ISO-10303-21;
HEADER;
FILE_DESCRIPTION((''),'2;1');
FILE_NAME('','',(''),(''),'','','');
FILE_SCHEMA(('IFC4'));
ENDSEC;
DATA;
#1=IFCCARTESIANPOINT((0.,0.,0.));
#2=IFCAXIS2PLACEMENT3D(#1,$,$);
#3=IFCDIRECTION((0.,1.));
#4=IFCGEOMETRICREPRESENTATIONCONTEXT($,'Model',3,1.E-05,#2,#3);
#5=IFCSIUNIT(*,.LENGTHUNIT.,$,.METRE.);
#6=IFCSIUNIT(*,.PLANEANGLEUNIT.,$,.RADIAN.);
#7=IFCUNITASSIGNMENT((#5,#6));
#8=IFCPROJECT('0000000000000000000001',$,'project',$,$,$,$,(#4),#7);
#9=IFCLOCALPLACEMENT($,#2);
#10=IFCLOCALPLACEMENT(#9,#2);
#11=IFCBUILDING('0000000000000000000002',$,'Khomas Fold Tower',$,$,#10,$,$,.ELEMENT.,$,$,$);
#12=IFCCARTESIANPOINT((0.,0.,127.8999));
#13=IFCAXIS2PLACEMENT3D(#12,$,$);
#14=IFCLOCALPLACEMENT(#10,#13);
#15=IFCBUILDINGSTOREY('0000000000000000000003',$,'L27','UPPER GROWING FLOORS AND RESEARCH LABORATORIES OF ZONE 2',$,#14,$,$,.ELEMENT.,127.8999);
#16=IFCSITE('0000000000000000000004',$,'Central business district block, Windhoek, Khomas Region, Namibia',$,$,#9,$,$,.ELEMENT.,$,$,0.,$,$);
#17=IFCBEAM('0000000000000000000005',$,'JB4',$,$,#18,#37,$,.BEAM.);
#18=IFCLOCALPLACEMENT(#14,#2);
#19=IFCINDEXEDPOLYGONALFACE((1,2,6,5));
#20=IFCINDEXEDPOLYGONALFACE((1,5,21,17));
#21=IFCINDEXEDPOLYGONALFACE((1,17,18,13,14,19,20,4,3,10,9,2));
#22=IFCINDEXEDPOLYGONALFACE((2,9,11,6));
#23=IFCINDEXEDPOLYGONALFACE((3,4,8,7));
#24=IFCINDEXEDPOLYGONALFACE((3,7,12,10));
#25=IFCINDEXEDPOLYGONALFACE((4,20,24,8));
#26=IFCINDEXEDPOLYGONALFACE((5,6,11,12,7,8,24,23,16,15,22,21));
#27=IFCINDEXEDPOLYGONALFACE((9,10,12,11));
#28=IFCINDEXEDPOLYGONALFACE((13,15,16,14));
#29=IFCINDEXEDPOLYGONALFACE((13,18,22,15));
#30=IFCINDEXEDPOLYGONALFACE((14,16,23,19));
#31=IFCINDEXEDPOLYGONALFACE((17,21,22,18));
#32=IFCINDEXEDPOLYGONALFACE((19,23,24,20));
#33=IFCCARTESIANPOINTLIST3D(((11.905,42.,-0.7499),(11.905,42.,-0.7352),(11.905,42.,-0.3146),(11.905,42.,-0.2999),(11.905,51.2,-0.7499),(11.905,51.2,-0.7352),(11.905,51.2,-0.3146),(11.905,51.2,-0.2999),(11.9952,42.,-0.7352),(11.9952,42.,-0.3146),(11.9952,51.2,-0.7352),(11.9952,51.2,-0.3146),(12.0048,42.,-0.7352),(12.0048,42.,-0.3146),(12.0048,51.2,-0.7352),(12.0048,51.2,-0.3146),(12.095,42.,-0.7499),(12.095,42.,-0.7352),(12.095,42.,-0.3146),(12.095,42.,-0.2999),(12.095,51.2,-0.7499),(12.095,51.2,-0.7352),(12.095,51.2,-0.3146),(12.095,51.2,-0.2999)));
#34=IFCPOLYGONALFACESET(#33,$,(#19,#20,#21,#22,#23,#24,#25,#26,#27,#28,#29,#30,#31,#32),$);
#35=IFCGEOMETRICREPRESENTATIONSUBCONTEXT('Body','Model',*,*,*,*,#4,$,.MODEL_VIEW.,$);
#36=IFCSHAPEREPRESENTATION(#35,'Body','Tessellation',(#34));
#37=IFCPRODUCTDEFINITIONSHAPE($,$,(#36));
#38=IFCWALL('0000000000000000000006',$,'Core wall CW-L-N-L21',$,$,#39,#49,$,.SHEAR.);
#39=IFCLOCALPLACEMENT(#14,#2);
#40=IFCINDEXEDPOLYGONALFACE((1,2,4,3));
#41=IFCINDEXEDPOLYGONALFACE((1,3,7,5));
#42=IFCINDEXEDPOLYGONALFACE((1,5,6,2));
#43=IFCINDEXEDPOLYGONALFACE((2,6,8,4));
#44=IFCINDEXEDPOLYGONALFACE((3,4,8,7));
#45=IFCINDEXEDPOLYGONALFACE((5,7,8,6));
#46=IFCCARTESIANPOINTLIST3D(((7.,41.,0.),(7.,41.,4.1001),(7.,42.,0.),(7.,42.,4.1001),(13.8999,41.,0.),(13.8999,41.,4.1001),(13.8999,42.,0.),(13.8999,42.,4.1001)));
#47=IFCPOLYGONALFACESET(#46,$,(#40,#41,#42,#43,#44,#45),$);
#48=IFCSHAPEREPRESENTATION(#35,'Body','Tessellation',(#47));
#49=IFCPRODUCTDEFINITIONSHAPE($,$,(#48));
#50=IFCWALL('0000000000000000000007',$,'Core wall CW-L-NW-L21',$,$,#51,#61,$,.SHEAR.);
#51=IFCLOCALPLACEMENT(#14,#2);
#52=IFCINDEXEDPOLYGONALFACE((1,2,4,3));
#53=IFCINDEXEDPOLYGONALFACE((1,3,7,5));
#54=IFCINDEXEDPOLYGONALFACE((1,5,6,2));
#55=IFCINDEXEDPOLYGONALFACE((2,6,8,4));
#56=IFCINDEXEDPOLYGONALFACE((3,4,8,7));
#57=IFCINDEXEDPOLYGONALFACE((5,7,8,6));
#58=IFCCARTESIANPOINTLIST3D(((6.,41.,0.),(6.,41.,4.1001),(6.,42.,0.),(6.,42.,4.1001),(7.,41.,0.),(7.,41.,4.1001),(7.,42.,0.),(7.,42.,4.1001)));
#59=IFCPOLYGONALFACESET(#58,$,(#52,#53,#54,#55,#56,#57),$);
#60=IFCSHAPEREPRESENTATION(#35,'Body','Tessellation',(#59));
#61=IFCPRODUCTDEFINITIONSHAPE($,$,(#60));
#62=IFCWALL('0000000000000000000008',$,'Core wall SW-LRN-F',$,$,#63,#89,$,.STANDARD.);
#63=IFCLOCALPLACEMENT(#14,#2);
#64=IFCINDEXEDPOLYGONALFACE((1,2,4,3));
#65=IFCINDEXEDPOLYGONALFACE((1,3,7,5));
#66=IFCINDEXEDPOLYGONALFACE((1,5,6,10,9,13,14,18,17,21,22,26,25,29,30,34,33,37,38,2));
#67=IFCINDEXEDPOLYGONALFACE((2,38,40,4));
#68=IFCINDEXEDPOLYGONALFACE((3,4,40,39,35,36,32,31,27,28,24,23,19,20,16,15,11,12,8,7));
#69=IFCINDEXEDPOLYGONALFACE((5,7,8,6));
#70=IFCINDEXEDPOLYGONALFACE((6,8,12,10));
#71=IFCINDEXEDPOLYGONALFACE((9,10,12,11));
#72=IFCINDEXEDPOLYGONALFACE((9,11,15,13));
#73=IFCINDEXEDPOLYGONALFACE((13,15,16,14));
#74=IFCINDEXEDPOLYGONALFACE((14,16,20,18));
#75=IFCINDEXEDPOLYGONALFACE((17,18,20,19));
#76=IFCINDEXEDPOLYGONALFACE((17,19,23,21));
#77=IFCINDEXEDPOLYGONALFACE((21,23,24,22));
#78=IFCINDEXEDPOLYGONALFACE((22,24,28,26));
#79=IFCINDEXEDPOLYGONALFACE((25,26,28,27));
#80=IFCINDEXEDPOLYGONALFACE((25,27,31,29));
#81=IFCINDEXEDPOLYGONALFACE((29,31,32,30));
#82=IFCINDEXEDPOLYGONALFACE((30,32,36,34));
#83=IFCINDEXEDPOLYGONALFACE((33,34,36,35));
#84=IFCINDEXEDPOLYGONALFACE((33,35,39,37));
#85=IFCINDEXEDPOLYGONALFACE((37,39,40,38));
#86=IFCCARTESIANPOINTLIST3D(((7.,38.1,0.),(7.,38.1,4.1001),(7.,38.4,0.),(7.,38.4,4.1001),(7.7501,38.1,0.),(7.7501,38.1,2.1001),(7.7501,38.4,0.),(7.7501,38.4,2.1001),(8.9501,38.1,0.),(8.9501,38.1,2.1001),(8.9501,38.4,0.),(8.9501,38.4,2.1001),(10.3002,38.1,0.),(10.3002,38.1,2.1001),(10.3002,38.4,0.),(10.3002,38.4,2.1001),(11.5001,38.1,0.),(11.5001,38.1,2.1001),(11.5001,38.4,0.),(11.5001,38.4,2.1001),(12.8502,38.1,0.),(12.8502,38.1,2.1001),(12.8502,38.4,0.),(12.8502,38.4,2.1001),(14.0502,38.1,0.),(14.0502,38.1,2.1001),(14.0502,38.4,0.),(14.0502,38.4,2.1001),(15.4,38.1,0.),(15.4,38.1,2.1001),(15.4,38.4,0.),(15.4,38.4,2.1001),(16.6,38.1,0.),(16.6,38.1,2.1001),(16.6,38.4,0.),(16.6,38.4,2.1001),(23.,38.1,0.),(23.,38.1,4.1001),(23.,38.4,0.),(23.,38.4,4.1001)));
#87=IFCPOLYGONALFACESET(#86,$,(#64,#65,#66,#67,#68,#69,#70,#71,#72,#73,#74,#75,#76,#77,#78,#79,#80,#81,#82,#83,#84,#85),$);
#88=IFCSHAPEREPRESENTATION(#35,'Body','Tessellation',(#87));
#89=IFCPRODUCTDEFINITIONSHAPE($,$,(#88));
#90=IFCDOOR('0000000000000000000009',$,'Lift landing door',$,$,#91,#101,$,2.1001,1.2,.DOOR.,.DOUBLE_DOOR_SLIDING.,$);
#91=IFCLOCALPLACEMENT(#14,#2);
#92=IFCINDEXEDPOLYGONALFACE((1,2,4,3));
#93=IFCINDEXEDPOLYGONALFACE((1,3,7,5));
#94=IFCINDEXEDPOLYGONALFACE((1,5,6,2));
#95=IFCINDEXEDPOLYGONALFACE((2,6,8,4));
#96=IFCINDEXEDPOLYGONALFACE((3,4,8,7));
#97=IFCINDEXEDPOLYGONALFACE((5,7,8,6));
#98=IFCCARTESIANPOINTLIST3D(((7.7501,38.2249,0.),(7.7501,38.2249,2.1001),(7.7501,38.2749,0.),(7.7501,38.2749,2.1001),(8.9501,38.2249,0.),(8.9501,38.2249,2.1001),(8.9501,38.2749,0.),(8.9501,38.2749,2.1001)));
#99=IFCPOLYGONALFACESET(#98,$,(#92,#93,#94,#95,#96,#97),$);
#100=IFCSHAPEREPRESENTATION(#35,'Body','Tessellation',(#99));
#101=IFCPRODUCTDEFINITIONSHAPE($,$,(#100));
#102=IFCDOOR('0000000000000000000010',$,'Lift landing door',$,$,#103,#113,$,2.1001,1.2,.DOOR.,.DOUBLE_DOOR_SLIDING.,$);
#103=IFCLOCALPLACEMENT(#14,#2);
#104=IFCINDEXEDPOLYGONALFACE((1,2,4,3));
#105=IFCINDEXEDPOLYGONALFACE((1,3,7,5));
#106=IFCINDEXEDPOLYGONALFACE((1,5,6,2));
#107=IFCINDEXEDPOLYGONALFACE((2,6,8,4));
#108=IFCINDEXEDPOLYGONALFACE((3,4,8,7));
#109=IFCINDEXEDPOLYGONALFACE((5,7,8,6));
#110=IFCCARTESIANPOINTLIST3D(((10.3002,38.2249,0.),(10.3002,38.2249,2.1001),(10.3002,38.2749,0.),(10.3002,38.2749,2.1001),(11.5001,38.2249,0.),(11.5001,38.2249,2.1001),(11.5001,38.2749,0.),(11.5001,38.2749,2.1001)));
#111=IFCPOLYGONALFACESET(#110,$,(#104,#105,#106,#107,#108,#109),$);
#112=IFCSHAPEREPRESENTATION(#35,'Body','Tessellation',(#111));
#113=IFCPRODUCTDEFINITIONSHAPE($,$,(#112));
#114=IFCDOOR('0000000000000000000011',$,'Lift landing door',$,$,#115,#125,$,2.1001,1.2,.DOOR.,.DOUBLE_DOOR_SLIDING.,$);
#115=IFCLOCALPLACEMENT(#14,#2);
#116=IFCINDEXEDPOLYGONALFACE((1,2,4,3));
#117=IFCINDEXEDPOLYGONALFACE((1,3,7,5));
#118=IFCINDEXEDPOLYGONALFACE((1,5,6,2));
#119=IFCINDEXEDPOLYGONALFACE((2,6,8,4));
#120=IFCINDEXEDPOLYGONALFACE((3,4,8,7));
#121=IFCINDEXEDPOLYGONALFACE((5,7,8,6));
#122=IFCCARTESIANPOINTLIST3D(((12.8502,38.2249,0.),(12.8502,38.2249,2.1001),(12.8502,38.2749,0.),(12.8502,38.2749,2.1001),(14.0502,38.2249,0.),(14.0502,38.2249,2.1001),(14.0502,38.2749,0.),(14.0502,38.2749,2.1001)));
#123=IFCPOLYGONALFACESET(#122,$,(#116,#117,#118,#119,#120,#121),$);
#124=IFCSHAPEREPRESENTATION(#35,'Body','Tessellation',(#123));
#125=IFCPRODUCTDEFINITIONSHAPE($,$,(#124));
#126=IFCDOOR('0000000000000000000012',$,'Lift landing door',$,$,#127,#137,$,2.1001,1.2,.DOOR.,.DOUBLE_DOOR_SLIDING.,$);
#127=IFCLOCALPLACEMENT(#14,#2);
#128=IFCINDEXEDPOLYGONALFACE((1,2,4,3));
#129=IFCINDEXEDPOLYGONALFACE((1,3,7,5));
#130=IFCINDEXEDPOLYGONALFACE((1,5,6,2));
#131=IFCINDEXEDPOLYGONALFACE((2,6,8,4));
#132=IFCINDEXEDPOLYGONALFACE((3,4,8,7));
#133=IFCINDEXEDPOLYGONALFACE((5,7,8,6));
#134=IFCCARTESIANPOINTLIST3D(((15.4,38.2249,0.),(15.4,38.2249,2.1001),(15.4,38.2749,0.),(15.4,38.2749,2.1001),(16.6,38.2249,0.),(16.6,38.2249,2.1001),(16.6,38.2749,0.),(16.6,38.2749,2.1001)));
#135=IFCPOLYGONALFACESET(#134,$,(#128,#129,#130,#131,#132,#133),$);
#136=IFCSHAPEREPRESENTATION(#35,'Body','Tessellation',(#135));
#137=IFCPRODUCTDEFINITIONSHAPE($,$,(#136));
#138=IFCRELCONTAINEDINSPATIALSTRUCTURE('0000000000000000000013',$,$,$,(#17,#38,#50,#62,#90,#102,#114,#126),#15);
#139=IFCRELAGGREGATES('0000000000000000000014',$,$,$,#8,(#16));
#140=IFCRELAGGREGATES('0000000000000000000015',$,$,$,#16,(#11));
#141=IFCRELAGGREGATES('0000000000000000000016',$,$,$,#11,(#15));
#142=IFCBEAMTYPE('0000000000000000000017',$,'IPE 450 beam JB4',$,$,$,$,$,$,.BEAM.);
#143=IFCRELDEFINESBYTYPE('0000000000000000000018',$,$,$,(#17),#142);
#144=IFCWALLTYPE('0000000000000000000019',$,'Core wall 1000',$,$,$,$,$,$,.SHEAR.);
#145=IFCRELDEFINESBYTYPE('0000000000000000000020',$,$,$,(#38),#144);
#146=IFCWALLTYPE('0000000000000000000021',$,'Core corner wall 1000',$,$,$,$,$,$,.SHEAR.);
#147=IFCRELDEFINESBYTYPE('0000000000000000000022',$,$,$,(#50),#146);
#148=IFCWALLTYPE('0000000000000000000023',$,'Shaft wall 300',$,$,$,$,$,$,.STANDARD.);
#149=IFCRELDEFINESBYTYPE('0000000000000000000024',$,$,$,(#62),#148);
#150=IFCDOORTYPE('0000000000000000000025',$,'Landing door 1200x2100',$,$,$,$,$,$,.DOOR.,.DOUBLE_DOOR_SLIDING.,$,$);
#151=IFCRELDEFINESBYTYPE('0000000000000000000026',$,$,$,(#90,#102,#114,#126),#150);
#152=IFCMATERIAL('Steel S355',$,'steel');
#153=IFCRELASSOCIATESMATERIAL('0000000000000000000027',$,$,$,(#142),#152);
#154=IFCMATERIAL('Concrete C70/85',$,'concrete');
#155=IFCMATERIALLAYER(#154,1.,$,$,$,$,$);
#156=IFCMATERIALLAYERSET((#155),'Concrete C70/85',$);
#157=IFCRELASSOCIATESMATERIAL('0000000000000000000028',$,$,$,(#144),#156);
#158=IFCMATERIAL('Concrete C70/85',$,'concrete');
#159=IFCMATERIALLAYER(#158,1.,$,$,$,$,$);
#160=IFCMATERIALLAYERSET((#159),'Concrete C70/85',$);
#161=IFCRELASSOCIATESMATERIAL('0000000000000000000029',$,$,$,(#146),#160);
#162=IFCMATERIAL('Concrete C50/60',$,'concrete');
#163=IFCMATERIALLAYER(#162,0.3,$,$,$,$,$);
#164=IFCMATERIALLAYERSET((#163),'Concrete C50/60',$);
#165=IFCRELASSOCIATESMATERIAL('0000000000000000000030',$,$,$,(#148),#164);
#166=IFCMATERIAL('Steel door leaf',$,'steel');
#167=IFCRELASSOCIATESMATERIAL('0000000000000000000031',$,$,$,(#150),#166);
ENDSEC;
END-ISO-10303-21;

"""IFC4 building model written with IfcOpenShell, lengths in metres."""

from ifc_helpers import new_model, si_unit, direction, frame, frame_2d, origin, origin_2d, place, context, subcontext, project, spatial, rectangle, i_section, extrude, source, transform, mapped, material, layer, layer_set, material_profile, profile_set, type_object, element, fill, save


model = new_model("IFC4")

# Units and contexts
model_context = context("Model", 3, precision=1e-05, world=origin(), true_north=direction((0.0, 1.0)))
body_context = subcontext(model_context, "Body", "Model", "MODEL_VIEW")
ifc_project = project(units=[si_unit("LENGTHUNIT", "METRE"), si_unit("PLANEANGLEUNIT", "RADIAN")], contexts=[model_context])

# Site, building, storey
site_placement = place(None, origin())
site = spatial("IfcSite", under=ifc_project, at=site_placement, Name="Central business district block, Windhoek, Khomas Region, Namibia", CompositionType="ELEMENT", RefElevation=0.0)
building_placement = place(site_placement, origin())
building = spatial("IfcBuilding", under=site, at=building_placement, Name="Khomas Fold Tower", CompositionType="ELEMENT")
storey_placement = place(building_placement, frame((0.0, 0.0, 127.8999)))
storey = spatial("IfcBuildingStorey", under=building, at=storey_placement, Name="L27", Description="UPPER GROWING FLOORS AND RESEARCH LABORATORIES OF ZONE 2", CompositionType="ELEMENT", Elevation=127.8999)

# Beam
ifc_material_1 = material(Name="Steel S355", Category="steel")
ifc_material_profile = material_profile(ifc_material_1, i_section(OverallWidth=0.1899, OverallDepth=0.45, WebThickness=0.0095, FlangeThickness=0.0146, at=origin_2d()), Name="IPE 450")
ifc_profile_set = profile_set([ifc_material_profile], Name="Steel S355")
beam_type = type_object("IfcBeamType", Name="IPE 450 beam JB4", PredefinedType="BEAM", material=ifc_profile_set)
shared_shape_1 = source(origin(), body_context, "Body", "SweptSolid", [
    extrude(i_section(OverallWidth=0.1899, OverallDepth=0.45, WebThickness=0.0095, FlangeThickness=0.0146, at=origin_2d()), origin(), (0.0, 0.0, 1.0), 9.2),
])
beam_placement = place(storey_placement, frame((12.0, 42.0, -0.5249), z_axis=(0.0, 1.0, 0.0), x_axis=(-1.0, 0.0, 0.0)))
element("IfcBeam", 1, at=beam_placement, inside=storey, type_object=beam_type, Name="JB4", PredefinedType="BEAM", context=body_context, shape_type="MappedRepresentation", body=[
    mapped(shared_shape_1, transform((0.0, 0.0, 0.0))),
])

# Walls
ifc_material_2 = material(Name="Concrete C70/85", Category="concrete")
ifc_layer_1 = layer(ifc_material_2, 1.0)
ifc_layer_set_1 = layer_set([ifc_layer_1], Name="Concrete C70/85")
wall_type_1 = type_object("IfcWallType", Name="Core wall 1000", PredefinedType="SHEAR", material=ifc_layer_set_1)
shared_shape_2 = source(origin(), body_context, "Body", "SweptSolid", [
    extrude(rectangle(XDim=6.8999, YDim=1.0, at=frame_2d((3.45, 0.0))), origin(), (0.0, 0.0, 1.0), 4.1001),
])
wall_1_placement = place(storey_placement, frame((7.0, 41.5, 0.0), z_axis=(0.0, 0.0, 1.0), x_axis=(1.0, 0.0, 0.0)))
element("IfcWall", 2, at=wall_1_placement, inside=storey, type_object=wall_type_1, Name="Core wall CW-L-N-L21", PredefinedType="SHEAR", context=body_context, shape_type="MappedRepresentation", body=[
    mapped(shared_shape_2, transform((0.0, 0.0, 0.0))),
])
ifc_material_3 = material(Name="Concrete C70/85", Category="concrete")
ifc_layer_2 = layer(ifc_material_3, 1.0)
ifc_layer_set_2 = layer_set([ifc_layer_2], Name="Concrete C70/85")
wall_type_2 = type_object("IfcWallType", Name="Core corner wall 1000", PredefinedType="SHEAR", material=ifc_layer_set_2)
shared_shape_3 = source(origin(), body_context, "Body", "SweptSolid", [
    extrude(rectangle(XDim=1.0, YDim=1.0, at=frame_2d((0.5, 0.0))), origin(), (0.0, 0.0, 1.0), 4.1001),
])
wall_2_placement = place(storey_placement, frame((6.0, 41.5, 0.0), z_axis=(0.0, 0.0, 1.0), x_axis=(1.0, 0.0, 0.0)))
element("IfcWall", 3, at=wall_2_placement, inside=storey, type_object=wall_type_2, Name="Core wall CW-L-NW-L21", PredefinedType="SHEAR", context=body_context, shape_type="MappedRepresentation", body=[
    mapped(shared_shape_3, transform((0.0, 0.0, 0.0))),
])

# Wall, openings, doors
ifc_material_4 = material(Name="Concrete C50/60", Category="concrete")
ifc_layer_3 = layer(ifc_material_4, 0.3)
ifc_layer_set_3 = layer_set([ifc_layer_3], Name="Concrete C50/60")
wall_type_3 = type_object("IfcWallType", Name="Shaft wall 300", PredefinedType="STANDARD", material=ifc_layer_set_3)
shared_shape_4 = source(origin(), body_context, "Body", "SweptSolid", [
    extrude(rectangle(XDim=16.0, YDim=0.3, at=frame_2d((8.0, 0.0))), origin(), (0.0, 0.0, 1.0), 4.1001),
])
wall_3_placement = place(storey_placement, frame((7.0, 38.25, 0.0), z_axis=(0.0, 0.0, 1.0), x_axis=(1.0, 0.0, 0.0)))
wall_3 = element("IfcWall", 4, at=wall_3_placement, inside=storey, type_object=wall_type_3, Name="Core wall SW-LRN-F", PredefinedType="STANDARD", context=body_context, shape_type="MappedRepresentation", body=[
    mapped(shared_shape_4, transform((0.0, 0.0, 0.0))),
])
shared_shape_5 = source(origin(), body_context, "Body", "SweptSolid", [
    extrude(rectangle(XDim=1.2, YDim=2.1001, at=frame_2d((0.6001, 1.05))), frame((0.0, 0.1599, 0.0), z_axis=(0.0, -1.0, 0.0), x_axis=(1.0, 0.0, 0.0)), (0.0, 0.0, 1.0), 0.3201),
])
opening_1_placement = place(wall_3_placement, frame((0.75, 0.0, 0.0)))
opening_1 = element("IfcOpeningElement", 5, at=opening_1_placement, cuts=wall_3, PredefinedType="OPENING", context=body_context, shape_type="MappedRepresentation", body=[
    mapped(shared_shape_5, transform((0.0, 0.0, 0.0))),
])
opening_2_placement = place(wall_3_placement, frame((3.3, 0.0, 0.0)))
opening_2 = element("IfcOpeningElement", 6, at=opening_2_placement, cuts=wall_3, PredefinedType="OPENING", context=body_context, shape_type="MappedRepresentation", body=[
    mapped(shared_shape_5, transform((0.0, 0.0, 0.0))),
])
opening_3_placement = place(wall_3_placement, frame((5.8501, 0.0, 0.0)))
opening_3 = element("IfcOpeningElement", 7, at=opening_3_placement, cuts=wall_3, PredefinedType="OPENING", context=body_context, shape_type="MappedRepresentation", body=[
    mapped(shared_shape_5, transform((0.0, 0.0, 0.0))),
])
opening_4_placement = place(wall_3_placement, frame((8.3999, 0.0, 0.0)))
opening_4 = element("IfcOpeningElement", 8, at=opening_4_placement, cuts=wall_3, PredefinedType="OPENING", context=body_context, shape_type="MappedRepresentation", body=[
    mapped(shared_shape_5, transform((0.0, 0.0, 0.0))),
])
ifc_material_5 = material(Name="Steel door leaf", Category="steel")
door_type_1 = type_object("IfcDoorType", Name="Landing door 1200x2100", OperationType="DOUBLE_DOOR_SLIDING", PredefinedType="DOOR", material=ifc_material_5)
shared_shape_6 = source(origin(), body_context, "Body", "SweptSolid", [
    extrude(rectangle(XDim=1.2, YDim=2.1001, at=frame_2d((0.6001, 1.05))), frame((0.0, 0.0249, 0.0), z_axis=(0.0, -1.0, 0.0), x_axis=(1.0, 0.0, 0.0)), (0.0, 0.0, 1.0), 0.05),
])
door_1_placement = place(opening_1_placement, origin())
door_1 = element("IfcDoor", 9, at=door_1_placement, inside=storey, type_object=door_type_1, Name="Lift landing door", OperationType="DOUBLE_DOOR_SLIDING", OverallHeight=2.1001, OverallWidth=1.2, PredefinedType="DOOR", context=body_context, shape_type="MappedRepresentation", body=[
    mapped(shared_shape_6, transform((0.0, 0.0, 0.0))),
])
fill(opening_1, door_1)
door_2_placement = place(opening_2_placement, origin())
door_2 = element("IfcDoor", 10, at=door_2_placement, inside=storey, type_object=door_type_1, Name="Lift landing door", OperationType="DOUBLE_DOOR_SLIDING", OverallHeight=2.1001, OverallWidth=1.2, PredefinedType="DOOR", context=body_context, shape_type="MappedRepresentation", body=[
    mapped(shared_shape_6, transform((0.0, 0.0, 0.0))),
])
fill(opening_2, door_2)
door_3_placement = place(opening_3_placement, origin())
door_3 = element("IfcDoor", 11, at=door_3_placement, inside=storey, type_object=door_type_1, Name="Lift landing door", OperationType="DOUBLE_DOOR_SLIDING", OverallHeight=2.1001, OverallWidth=1.2, PredefinedType="DOOR", context=body_context, shape_type="MappedRepresentation", body=[
    mapped(shared_shape_6, transform((0.0, 0.0, 0.0))),
])
fill(opening_3, door_3)
door_4_placement = place(opening_4_placement, origin())
door_4 = element("IfcDoor", 12, at=door_4_placement, inside=storey, type_object=door_type_1, Name="Lift landing door", OperationType="DOUBLE_DOOR_SLIDING", OverallHeight=2.1001, OverallWidth=1.2, PredefinedType="DOOR", context=body_context, shape_type="MappedRepresentation", body=[
    mapped(shared_shape_6, transform((0.0, 0.0, 0.0))),
])
fill(opening_4, door_4)

save(model, "model.ifc")
